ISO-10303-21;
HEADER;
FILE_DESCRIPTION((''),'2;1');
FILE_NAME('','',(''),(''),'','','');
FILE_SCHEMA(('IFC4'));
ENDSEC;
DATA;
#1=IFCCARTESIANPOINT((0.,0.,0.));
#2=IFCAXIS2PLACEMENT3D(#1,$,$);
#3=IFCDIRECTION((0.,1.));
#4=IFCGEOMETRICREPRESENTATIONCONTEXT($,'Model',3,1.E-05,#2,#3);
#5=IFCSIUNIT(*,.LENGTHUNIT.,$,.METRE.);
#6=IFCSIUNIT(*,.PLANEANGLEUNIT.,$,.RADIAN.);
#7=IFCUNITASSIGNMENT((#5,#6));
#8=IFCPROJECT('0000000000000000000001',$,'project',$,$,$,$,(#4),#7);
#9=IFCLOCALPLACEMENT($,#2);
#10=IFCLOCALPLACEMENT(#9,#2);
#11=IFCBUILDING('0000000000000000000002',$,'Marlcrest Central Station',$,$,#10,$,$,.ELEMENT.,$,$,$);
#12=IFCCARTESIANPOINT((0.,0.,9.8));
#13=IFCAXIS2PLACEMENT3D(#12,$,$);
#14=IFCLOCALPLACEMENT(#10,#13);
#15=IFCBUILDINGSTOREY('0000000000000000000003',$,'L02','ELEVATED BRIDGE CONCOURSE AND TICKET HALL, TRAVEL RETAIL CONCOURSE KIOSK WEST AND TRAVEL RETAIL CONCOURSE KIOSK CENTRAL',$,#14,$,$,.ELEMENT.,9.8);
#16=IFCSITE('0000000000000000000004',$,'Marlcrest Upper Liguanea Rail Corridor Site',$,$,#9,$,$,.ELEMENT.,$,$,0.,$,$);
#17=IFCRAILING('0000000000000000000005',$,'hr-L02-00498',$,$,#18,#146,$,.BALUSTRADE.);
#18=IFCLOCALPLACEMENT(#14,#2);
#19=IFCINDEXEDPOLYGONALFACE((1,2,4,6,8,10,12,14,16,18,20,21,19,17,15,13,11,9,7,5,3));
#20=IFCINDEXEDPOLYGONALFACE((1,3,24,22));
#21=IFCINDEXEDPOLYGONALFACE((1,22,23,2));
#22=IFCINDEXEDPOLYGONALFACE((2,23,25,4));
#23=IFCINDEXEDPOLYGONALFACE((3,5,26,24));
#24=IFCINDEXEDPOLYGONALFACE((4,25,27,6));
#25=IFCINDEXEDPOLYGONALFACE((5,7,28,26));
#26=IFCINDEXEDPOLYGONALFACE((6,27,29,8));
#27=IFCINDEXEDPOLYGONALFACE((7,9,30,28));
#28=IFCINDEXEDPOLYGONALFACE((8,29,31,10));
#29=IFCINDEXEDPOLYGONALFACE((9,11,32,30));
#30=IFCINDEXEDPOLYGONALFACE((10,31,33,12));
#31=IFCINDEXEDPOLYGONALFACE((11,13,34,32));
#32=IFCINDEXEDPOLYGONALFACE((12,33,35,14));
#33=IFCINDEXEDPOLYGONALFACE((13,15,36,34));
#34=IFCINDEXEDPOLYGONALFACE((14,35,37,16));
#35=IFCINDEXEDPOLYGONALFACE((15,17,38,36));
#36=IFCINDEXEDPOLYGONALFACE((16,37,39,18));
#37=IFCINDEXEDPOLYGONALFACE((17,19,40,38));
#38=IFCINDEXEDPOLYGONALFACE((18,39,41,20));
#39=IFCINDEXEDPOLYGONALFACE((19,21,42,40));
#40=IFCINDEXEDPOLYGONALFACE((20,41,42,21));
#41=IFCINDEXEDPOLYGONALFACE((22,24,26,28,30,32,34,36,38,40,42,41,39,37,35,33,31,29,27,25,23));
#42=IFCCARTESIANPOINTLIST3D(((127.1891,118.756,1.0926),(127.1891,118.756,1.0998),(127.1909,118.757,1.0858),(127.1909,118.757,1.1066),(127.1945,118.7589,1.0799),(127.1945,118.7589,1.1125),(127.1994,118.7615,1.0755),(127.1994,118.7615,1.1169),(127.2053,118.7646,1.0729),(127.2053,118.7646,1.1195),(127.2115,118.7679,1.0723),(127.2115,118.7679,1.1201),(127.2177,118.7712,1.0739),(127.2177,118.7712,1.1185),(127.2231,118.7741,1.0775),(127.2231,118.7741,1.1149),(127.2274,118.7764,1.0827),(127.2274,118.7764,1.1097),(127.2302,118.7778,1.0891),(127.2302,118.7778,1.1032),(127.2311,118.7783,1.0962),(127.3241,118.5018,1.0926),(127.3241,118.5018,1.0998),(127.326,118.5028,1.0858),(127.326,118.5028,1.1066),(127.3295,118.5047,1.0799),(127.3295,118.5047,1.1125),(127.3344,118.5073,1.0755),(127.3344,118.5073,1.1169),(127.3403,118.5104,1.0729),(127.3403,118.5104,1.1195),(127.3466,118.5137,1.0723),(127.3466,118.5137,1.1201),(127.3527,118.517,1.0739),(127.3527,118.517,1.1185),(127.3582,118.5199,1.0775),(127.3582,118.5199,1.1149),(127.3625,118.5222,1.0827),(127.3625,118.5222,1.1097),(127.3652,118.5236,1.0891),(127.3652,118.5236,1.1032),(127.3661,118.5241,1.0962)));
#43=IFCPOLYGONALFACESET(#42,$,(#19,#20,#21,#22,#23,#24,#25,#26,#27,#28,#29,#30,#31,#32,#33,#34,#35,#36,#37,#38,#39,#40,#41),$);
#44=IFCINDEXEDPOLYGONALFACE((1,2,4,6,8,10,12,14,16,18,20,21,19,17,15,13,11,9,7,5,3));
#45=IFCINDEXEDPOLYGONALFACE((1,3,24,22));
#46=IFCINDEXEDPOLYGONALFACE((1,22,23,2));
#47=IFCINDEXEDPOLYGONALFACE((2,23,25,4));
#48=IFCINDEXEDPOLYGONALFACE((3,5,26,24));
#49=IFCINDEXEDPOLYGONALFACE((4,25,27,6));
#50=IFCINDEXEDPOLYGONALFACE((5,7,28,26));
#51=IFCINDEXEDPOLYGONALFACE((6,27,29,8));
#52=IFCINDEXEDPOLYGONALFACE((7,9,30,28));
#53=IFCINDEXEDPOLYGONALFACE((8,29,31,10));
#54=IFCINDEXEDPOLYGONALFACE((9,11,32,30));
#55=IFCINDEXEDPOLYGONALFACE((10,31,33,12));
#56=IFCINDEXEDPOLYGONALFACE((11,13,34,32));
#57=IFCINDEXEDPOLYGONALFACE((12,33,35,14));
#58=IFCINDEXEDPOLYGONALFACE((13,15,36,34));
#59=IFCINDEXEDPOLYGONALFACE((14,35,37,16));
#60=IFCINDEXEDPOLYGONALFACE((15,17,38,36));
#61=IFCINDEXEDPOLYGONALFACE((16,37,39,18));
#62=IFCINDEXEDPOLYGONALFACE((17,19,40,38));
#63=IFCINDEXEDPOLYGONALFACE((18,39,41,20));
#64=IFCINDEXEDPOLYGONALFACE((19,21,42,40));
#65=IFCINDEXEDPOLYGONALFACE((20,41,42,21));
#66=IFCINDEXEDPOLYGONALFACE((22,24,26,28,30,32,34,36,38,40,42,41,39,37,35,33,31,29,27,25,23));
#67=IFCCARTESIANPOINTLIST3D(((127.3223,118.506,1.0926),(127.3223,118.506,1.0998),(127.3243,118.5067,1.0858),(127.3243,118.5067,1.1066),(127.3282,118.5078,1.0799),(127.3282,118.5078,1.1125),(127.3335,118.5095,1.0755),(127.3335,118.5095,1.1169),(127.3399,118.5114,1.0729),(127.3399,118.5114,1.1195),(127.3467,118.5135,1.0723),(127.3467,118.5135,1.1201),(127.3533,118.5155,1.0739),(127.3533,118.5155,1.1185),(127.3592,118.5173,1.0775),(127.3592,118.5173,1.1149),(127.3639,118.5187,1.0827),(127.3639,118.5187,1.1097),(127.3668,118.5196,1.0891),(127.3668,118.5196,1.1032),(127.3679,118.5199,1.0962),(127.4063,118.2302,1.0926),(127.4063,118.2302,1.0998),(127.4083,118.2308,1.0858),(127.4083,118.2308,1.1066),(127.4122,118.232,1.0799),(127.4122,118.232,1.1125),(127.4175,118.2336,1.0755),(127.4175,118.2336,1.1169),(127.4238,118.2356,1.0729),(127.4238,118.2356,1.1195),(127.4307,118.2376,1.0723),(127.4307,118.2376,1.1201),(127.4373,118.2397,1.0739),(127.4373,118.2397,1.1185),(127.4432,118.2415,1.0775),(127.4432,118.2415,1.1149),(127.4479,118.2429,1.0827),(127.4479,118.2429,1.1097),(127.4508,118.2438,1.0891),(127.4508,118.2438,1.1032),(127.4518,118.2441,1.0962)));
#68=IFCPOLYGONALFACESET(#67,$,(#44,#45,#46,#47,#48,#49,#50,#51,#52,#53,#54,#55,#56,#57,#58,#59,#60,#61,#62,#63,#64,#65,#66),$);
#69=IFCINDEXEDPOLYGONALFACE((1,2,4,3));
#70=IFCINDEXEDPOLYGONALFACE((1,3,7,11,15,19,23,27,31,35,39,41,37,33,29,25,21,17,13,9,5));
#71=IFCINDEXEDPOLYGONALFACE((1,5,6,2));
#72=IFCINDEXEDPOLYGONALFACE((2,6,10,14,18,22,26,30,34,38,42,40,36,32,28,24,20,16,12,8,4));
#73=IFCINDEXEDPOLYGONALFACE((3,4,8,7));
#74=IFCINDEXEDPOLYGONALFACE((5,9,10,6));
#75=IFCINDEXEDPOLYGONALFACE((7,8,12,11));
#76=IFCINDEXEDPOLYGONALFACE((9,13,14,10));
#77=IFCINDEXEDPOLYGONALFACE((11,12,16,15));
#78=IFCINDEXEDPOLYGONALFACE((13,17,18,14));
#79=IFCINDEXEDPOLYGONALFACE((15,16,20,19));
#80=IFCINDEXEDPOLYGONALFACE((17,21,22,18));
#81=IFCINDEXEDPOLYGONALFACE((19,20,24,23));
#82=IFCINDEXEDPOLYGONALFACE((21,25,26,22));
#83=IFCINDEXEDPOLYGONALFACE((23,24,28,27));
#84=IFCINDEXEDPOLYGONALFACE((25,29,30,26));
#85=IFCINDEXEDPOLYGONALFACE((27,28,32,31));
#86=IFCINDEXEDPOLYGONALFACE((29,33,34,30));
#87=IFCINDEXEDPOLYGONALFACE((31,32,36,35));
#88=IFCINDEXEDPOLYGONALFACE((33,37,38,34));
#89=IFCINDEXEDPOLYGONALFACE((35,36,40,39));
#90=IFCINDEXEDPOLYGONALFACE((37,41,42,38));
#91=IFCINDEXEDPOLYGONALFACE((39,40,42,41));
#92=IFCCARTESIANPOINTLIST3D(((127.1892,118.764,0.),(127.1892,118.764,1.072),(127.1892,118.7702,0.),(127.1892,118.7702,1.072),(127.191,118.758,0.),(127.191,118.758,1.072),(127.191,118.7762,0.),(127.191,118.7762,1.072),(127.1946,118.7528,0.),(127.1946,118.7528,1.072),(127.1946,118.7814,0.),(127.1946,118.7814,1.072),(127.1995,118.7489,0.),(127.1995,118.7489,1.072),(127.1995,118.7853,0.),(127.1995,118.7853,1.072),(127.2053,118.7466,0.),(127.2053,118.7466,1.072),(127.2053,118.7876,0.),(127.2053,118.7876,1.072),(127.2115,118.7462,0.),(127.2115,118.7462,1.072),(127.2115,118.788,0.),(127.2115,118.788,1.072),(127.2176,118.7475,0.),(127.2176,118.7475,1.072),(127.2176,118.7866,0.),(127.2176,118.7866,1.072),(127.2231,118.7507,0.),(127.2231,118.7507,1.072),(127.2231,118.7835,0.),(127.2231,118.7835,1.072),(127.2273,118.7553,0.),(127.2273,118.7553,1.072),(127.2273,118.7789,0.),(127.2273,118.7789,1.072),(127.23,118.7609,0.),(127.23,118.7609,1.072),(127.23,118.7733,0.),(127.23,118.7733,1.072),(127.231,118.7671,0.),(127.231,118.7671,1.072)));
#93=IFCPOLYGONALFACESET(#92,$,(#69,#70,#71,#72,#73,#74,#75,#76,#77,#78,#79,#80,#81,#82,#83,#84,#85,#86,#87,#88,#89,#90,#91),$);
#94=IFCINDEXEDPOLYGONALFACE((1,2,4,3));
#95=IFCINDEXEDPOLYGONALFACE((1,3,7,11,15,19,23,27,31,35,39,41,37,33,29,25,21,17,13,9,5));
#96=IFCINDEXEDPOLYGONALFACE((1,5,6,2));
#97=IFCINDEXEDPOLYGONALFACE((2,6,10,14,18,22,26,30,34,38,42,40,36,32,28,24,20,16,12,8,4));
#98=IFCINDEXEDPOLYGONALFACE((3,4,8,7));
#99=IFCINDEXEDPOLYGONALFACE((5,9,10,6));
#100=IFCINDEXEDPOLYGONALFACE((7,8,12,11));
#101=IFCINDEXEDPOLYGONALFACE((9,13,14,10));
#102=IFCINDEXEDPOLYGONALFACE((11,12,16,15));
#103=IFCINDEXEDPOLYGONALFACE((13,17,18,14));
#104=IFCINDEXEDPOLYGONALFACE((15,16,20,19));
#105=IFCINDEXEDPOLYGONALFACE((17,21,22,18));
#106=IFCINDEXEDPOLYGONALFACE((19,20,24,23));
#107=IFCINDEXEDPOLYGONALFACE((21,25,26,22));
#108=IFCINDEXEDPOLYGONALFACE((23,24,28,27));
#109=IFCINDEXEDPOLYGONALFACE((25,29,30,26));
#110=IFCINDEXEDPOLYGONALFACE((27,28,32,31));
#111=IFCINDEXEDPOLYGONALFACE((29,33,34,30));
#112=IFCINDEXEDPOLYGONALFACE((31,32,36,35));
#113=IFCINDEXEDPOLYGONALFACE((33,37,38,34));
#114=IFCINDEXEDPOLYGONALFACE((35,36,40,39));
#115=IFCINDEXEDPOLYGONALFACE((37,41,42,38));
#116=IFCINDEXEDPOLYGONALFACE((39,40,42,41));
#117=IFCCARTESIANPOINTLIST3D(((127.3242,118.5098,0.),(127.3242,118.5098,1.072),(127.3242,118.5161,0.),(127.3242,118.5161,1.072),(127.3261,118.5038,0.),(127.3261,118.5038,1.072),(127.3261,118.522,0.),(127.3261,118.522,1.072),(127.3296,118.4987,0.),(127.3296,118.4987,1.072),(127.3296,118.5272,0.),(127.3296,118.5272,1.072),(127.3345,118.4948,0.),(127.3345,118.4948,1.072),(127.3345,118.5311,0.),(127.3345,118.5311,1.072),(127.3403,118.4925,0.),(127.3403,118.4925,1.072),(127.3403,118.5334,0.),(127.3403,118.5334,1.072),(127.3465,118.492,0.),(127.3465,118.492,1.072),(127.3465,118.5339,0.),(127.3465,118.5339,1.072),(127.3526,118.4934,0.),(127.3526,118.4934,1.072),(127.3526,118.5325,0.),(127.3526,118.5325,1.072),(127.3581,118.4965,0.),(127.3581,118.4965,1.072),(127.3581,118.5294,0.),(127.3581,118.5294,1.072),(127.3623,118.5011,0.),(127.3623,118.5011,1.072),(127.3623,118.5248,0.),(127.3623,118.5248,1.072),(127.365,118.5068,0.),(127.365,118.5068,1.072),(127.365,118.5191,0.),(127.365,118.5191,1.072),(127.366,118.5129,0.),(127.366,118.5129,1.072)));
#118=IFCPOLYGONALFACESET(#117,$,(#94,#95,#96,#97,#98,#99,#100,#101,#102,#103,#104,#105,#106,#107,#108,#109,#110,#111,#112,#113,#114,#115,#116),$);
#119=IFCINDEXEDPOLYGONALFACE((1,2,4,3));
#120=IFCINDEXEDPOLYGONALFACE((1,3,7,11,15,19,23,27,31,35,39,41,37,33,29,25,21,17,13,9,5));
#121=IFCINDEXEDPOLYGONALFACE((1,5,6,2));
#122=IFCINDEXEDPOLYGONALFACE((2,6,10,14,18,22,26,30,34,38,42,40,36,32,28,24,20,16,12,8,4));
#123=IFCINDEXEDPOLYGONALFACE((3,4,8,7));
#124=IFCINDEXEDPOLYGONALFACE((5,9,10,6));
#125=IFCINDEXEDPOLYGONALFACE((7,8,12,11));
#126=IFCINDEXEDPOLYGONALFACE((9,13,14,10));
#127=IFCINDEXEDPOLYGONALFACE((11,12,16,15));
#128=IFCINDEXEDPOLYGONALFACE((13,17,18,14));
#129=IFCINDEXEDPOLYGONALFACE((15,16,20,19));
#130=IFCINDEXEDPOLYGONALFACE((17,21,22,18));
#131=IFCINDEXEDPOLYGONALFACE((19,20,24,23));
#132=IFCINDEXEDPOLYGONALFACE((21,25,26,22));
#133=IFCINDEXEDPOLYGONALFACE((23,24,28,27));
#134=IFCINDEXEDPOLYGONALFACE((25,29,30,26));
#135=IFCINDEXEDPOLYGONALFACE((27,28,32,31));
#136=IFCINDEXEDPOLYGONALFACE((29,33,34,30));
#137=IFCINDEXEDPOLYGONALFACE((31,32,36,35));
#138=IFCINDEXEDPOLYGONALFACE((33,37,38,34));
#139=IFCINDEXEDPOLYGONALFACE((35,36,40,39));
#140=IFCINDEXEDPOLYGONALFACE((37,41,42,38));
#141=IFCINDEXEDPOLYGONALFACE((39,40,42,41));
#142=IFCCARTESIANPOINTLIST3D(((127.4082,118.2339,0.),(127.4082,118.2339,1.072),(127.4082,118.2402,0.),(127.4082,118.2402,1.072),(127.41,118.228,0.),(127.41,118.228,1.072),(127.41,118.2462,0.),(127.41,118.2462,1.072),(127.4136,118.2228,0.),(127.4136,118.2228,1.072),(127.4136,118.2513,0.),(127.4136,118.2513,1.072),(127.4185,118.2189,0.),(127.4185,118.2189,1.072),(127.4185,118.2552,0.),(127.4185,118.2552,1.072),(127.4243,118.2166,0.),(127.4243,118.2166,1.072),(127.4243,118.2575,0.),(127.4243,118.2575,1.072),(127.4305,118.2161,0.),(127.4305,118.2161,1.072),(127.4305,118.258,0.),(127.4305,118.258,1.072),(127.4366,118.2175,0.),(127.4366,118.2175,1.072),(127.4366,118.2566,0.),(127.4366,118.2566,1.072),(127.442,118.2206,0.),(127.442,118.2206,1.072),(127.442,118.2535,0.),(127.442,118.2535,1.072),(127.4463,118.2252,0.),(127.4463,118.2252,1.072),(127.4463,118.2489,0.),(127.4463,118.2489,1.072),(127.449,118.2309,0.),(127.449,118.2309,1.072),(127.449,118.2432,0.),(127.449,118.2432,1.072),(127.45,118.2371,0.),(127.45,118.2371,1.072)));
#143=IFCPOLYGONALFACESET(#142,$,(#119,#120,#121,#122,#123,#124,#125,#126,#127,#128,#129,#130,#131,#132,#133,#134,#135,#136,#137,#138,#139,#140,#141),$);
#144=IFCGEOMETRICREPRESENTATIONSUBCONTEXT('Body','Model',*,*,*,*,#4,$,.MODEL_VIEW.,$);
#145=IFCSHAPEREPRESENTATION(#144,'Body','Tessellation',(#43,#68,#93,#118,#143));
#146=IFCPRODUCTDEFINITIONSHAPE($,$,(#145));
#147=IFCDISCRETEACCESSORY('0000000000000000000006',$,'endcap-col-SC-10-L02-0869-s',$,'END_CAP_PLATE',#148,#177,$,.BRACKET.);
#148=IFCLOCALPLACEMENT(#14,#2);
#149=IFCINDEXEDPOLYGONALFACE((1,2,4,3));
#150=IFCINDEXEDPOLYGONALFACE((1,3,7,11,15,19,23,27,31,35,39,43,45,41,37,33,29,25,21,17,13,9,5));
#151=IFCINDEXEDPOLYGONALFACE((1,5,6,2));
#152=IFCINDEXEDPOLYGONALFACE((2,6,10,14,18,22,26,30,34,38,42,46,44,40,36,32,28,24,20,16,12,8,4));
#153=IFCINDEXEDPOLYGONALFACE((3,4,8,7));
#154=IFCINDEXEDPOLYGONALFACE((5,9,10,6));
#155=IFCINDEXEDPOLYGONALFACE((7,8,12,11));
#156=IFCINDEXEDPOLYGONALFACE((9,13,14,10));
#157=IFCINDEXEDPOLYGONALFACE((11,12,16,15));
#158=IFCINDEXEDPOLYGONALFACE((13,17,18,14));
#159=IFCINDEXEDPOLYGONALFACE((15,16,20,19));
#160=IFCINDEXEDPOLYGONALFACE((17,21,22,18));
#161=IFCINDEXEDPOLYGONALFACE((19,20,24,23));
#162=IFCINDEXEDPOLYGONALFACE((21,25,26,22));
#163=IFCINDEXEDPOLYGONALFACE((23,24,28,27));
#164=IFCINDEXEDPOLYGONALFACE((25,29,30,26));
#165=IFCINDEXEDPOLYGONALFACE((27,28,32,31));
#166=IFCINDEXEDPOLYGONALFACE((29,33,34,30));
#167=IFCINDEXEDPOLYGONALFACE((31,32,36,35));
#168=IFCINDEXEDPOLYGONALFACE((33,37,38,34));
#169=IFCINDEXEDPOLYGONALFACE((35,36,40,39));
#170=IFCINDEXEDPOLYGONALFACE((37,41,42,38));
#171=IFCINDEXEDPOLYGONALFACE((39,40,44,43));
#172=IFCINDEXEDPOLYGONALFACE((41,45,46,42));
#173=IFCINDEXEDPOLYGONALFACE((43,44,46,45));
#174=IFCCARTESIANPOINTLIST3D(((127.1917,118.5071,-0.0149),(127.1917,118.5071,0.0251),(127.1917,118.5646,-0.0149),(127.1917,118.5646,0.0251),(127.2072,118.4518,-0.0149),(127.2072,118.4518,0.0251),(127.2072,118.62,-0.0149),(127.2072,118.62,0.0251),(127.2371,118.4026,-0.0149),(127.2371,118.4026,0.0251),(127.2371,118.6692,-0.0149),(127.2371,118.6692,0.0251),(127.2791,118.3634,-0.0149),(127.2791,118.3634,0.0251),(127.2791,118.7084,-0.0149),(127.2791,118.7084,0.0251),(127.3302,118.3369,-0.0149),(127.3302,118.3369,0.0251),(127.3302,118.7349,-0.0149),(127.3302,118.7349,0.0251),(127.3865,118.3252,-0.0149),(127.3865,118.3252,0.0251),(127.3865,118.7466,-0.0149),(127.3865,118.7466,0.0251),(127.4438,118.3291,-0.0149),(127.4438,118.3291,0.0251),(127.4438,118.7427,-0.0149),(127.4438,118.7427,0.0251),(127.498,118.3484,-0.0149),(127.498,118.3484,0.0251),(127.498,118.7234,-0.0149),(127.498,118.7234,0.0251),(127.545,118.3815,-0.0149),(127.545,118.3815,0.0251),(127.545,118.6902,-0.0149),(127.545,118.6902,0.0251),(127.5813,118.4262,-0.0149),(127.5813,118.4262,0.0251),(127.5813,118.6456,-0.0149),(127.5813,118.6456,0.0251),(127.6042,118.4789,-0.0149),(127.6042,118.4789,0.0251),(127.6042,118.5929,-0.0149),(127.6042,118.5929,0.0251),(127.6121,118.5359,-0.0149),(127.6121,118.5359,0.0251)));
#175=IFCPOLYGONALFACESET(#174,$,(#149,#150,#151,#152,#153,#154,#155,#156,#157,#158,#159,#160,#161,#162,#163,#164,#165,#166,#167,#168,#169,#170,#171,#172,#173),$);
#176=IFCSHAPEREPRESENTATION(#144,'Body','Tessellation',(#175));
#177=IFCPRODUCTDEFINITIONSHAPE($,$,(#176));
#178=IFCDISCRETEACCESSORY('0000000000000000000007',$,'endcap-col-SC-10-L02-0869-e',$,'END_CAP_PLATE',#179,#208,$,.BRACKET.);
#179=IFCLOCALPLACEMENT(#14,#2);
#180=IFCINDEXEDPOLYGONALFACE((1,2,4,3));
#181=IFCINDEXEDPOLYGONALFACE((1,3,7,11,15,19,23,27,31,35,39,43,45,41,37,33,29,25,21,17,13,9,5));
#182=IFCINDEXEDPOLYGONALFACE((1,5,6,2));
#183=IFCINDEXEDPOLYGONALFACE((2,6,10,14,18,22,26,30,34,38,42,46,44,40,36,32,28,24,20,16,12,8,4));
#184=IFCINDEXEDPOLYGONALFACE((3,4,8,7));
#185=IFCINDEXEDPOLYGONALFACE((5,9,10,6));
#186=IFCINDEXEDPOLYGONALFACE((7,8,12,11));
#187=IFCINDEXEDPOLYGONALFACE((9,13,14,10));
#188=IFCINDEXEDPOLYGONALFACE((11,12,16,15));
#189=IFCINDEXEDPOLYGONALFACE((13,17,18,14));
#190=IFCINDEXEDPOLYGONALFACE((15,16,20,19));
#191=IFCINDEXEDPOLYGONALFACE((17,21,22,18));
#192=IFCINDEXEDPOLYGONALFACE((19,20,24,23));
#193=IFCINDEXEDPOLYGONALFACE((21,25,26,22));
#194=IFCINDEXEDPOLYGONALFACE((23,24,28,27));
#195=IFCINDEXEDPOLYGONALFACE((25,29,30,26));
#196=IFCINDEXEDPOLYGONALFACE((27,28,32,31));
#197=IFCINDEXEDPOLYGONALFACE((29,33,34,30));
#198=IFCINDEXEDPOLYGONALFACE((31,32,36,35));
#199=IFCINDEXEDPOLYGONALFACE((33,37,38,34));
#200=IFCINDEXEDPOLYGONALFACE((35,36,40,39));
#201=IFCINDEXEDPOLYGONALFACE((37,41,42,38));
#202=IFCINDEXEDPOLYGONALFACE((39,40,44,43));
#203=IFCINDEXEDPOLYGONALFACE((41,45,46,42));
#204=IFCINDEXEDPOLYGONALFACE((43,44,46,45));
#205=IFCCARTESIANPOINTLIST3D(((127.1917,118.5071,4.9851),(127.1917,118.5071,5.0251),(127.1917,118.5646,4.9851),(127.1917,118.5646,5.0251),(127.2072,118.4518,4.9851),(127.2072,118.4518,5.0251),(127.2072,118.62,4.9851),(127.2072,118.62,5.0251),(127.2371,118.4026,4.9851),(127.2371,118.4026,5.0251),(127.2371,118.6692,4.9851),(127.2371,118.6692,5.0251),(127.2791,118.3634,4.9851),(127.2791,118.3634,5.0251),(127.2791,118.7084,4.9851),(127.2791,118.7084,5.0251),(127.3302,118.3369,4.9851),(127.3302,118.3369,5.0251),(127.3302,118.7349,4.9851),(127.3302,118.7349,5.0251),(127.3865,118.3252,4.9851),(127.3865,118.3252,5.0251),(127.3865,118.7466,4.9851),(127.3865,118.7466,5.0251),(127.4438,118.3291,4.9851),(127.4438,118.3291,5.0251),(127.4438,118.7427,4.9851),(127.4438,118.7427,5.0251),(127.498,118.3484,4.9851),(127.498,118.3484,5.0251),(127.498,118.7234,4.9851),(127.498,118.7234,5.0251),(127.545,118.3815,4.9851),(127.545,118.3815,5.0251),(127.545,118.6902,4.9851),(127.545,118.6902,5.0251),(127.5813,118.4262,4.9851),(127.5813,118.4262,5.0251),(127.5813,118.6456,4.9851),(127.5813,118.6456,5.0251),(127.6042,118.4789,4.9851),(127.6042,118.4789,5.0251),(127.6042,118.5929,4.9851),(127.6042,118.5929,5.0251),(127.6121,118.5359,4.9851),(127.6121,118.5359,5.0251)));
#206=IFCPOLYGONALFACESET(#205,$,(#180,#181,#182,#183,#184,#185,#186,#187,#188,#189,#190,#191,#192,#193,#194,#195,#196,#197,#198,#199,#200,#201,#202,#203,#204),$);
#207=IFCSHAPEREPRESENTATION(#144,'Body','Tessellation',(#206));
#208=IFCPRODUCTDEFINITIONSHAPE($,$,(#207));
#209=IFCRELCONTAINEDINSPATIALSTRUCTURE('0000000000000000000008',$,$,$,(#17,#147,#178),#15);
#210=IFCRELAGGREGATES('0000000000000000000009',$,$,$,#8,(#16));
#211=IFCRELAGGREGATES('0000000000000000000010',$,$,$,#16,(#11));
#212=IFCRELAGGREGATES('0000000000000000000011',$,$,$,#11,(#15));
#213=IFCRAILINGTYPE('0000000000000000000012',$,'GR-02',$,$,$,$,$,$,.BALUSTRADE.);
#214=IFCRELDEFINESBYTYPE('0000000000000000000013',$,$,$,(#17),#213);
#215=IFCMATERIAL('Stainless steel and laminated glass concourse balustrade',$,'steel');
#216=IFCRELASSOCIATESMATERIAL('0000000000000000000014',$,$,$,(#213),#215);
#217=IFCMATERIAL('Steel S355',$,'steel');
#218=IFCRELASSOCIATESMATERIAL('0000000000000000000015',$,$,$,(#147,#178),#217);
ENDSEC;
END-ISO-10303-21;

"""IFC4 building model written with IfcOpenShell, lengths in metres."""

from ifc_helpers import new_model, si_unit, direction, frame, origin, origin_2d, place, context, subcontext, project, spatial, circle, extrude, material, type_object, element, save


model = new_model("IFC4")

# Units and contexts
model_context = context("Model", 3, precision=1e-05, world=origin(), true_north=direction((0.0, 1.0)))
body_context = subcontext(model_context, "Body", "Model", "MODEL_VIEW")
ifc_project = project(units=[si_unit("LENGTHUNIT", "METRE"), si_unit("PLANEANGLEUNIT", "RADIAN")], contexts=[model_context])

# Site, building, storey
site_placement = place(None, origin())
site = spatial("IfcSite", under=ifc_project, at=site_placement, Name="Marlcrest Upper Liguanea Rail Corridor Site", CompositionType="ELEMENT", RefElevation=0.0)
building_placement = place(site_placement, origin())
building = spatial("IfcBuilding", under=site, at=building_placement, Name="Marlcrest Central Station", CompositionType="ELEMENT")
storey_placement = place(building_placement, frame((0.0, 0.0, 9.8)))
storey = spatial("IfcBuildingStorey", under=building, at=storey_placement, Name="L02", Description="ELEVATED BRIDGE CONCOURSE AND TICKET HALL, TRAVEL RETAIL CONCOURSE KIOSK WEST AND TRAVEL RETAIL CONCOURSE KIOSK CENTRAL", CompositionType="ELEMENT", Elevation=9.8)

# Shared definitions
ifc_material_1 = material(Name="Steel S355", Category="steel")

# Railing
ifc_material_2 = material(Name="Stainless steel and laminated glass concourse balustrade", Category="steel")
railing_type = type_object("IfcRailingType", Name="GR-02", PredefinedType="BALUSTRADE", material=ifc_material_2)
railing_placement = place(storey_placement, frame((127.21, 118.7671, 0.0)))
element("IfcRailing", 1, at=railing_placement, inside=storey, type_object=railing_type, Name="hr-L02-00498", PredefinedType="BALUSTRADE", context=body_context, shape_type="SweptSolid", body=[
    extrude(circle(Radius=0.0239, at=origin_2d()), frame((0.0, 0.0, 1.0962), z_axis=(0.469135, -0.883127, 0.0), x_axis=(0.883127, 0.469135, 0.0)), (0.0, 0.0, 1.0), 0.2878),
    extrude(circle(Radius=0.0239, at=origin_2d()), frame((0.135, -0.2542, 1.0962), z_axis=(0.291229, -0.956653, 0.0), x_axis=(0.956653, 0.291229, 0.0)), (0.0, 0.0, 1.0), 0.2883),
    extrude(circle(Radius=0.021, at=origin_2d()), origin(), (0.0, 0.0, 1.0), 1.072),
    extrude(circle(Radius=0.021, at=origin_2d()), frame((0.135, -0.2542, 0.0)), (0.0, 0.0, 1.0), 1.072),
    extrude(circle(Radius=0.021, at=origin_2d()), frame((0.219, -0.53, 0.0)), (0.0, 0.0, 1.0), 1.072),
])

# Discrete accessories
for number, where, z_axis, x_axis, name in (
    (2, (127.4009, 118.5359, -0.0149), (0.0, 0.0, 1.0), (1.0, 0.0, 0.0), "endcap-col-SC-10-L02-0869-s"),
    (3, (127.4009, 118.5359, 4.9851), (0.0, 0.0, 1.0), (1.0, 0.0, 0.0), "endcap-col-SC-10-L02-0869-e"),
):
    element("IfcDiscreteAccessory", number, at=place(storey_placement, frame(where, z_axis=z_axis, x_axis=x_axis)), inside=storey, material=ifc_material_1, Name=name, ObjectType="END_CAP_PLATE", PredefinedType="BRACKET", context=body_context, shape_type="SweptSolid", body=[
        extrude(circle(Radius=0.2112, at=origin_2d()), origin(), (0.0, 0.0, 1.0), 0.04),
    ])

save(model, "model.ifc")
